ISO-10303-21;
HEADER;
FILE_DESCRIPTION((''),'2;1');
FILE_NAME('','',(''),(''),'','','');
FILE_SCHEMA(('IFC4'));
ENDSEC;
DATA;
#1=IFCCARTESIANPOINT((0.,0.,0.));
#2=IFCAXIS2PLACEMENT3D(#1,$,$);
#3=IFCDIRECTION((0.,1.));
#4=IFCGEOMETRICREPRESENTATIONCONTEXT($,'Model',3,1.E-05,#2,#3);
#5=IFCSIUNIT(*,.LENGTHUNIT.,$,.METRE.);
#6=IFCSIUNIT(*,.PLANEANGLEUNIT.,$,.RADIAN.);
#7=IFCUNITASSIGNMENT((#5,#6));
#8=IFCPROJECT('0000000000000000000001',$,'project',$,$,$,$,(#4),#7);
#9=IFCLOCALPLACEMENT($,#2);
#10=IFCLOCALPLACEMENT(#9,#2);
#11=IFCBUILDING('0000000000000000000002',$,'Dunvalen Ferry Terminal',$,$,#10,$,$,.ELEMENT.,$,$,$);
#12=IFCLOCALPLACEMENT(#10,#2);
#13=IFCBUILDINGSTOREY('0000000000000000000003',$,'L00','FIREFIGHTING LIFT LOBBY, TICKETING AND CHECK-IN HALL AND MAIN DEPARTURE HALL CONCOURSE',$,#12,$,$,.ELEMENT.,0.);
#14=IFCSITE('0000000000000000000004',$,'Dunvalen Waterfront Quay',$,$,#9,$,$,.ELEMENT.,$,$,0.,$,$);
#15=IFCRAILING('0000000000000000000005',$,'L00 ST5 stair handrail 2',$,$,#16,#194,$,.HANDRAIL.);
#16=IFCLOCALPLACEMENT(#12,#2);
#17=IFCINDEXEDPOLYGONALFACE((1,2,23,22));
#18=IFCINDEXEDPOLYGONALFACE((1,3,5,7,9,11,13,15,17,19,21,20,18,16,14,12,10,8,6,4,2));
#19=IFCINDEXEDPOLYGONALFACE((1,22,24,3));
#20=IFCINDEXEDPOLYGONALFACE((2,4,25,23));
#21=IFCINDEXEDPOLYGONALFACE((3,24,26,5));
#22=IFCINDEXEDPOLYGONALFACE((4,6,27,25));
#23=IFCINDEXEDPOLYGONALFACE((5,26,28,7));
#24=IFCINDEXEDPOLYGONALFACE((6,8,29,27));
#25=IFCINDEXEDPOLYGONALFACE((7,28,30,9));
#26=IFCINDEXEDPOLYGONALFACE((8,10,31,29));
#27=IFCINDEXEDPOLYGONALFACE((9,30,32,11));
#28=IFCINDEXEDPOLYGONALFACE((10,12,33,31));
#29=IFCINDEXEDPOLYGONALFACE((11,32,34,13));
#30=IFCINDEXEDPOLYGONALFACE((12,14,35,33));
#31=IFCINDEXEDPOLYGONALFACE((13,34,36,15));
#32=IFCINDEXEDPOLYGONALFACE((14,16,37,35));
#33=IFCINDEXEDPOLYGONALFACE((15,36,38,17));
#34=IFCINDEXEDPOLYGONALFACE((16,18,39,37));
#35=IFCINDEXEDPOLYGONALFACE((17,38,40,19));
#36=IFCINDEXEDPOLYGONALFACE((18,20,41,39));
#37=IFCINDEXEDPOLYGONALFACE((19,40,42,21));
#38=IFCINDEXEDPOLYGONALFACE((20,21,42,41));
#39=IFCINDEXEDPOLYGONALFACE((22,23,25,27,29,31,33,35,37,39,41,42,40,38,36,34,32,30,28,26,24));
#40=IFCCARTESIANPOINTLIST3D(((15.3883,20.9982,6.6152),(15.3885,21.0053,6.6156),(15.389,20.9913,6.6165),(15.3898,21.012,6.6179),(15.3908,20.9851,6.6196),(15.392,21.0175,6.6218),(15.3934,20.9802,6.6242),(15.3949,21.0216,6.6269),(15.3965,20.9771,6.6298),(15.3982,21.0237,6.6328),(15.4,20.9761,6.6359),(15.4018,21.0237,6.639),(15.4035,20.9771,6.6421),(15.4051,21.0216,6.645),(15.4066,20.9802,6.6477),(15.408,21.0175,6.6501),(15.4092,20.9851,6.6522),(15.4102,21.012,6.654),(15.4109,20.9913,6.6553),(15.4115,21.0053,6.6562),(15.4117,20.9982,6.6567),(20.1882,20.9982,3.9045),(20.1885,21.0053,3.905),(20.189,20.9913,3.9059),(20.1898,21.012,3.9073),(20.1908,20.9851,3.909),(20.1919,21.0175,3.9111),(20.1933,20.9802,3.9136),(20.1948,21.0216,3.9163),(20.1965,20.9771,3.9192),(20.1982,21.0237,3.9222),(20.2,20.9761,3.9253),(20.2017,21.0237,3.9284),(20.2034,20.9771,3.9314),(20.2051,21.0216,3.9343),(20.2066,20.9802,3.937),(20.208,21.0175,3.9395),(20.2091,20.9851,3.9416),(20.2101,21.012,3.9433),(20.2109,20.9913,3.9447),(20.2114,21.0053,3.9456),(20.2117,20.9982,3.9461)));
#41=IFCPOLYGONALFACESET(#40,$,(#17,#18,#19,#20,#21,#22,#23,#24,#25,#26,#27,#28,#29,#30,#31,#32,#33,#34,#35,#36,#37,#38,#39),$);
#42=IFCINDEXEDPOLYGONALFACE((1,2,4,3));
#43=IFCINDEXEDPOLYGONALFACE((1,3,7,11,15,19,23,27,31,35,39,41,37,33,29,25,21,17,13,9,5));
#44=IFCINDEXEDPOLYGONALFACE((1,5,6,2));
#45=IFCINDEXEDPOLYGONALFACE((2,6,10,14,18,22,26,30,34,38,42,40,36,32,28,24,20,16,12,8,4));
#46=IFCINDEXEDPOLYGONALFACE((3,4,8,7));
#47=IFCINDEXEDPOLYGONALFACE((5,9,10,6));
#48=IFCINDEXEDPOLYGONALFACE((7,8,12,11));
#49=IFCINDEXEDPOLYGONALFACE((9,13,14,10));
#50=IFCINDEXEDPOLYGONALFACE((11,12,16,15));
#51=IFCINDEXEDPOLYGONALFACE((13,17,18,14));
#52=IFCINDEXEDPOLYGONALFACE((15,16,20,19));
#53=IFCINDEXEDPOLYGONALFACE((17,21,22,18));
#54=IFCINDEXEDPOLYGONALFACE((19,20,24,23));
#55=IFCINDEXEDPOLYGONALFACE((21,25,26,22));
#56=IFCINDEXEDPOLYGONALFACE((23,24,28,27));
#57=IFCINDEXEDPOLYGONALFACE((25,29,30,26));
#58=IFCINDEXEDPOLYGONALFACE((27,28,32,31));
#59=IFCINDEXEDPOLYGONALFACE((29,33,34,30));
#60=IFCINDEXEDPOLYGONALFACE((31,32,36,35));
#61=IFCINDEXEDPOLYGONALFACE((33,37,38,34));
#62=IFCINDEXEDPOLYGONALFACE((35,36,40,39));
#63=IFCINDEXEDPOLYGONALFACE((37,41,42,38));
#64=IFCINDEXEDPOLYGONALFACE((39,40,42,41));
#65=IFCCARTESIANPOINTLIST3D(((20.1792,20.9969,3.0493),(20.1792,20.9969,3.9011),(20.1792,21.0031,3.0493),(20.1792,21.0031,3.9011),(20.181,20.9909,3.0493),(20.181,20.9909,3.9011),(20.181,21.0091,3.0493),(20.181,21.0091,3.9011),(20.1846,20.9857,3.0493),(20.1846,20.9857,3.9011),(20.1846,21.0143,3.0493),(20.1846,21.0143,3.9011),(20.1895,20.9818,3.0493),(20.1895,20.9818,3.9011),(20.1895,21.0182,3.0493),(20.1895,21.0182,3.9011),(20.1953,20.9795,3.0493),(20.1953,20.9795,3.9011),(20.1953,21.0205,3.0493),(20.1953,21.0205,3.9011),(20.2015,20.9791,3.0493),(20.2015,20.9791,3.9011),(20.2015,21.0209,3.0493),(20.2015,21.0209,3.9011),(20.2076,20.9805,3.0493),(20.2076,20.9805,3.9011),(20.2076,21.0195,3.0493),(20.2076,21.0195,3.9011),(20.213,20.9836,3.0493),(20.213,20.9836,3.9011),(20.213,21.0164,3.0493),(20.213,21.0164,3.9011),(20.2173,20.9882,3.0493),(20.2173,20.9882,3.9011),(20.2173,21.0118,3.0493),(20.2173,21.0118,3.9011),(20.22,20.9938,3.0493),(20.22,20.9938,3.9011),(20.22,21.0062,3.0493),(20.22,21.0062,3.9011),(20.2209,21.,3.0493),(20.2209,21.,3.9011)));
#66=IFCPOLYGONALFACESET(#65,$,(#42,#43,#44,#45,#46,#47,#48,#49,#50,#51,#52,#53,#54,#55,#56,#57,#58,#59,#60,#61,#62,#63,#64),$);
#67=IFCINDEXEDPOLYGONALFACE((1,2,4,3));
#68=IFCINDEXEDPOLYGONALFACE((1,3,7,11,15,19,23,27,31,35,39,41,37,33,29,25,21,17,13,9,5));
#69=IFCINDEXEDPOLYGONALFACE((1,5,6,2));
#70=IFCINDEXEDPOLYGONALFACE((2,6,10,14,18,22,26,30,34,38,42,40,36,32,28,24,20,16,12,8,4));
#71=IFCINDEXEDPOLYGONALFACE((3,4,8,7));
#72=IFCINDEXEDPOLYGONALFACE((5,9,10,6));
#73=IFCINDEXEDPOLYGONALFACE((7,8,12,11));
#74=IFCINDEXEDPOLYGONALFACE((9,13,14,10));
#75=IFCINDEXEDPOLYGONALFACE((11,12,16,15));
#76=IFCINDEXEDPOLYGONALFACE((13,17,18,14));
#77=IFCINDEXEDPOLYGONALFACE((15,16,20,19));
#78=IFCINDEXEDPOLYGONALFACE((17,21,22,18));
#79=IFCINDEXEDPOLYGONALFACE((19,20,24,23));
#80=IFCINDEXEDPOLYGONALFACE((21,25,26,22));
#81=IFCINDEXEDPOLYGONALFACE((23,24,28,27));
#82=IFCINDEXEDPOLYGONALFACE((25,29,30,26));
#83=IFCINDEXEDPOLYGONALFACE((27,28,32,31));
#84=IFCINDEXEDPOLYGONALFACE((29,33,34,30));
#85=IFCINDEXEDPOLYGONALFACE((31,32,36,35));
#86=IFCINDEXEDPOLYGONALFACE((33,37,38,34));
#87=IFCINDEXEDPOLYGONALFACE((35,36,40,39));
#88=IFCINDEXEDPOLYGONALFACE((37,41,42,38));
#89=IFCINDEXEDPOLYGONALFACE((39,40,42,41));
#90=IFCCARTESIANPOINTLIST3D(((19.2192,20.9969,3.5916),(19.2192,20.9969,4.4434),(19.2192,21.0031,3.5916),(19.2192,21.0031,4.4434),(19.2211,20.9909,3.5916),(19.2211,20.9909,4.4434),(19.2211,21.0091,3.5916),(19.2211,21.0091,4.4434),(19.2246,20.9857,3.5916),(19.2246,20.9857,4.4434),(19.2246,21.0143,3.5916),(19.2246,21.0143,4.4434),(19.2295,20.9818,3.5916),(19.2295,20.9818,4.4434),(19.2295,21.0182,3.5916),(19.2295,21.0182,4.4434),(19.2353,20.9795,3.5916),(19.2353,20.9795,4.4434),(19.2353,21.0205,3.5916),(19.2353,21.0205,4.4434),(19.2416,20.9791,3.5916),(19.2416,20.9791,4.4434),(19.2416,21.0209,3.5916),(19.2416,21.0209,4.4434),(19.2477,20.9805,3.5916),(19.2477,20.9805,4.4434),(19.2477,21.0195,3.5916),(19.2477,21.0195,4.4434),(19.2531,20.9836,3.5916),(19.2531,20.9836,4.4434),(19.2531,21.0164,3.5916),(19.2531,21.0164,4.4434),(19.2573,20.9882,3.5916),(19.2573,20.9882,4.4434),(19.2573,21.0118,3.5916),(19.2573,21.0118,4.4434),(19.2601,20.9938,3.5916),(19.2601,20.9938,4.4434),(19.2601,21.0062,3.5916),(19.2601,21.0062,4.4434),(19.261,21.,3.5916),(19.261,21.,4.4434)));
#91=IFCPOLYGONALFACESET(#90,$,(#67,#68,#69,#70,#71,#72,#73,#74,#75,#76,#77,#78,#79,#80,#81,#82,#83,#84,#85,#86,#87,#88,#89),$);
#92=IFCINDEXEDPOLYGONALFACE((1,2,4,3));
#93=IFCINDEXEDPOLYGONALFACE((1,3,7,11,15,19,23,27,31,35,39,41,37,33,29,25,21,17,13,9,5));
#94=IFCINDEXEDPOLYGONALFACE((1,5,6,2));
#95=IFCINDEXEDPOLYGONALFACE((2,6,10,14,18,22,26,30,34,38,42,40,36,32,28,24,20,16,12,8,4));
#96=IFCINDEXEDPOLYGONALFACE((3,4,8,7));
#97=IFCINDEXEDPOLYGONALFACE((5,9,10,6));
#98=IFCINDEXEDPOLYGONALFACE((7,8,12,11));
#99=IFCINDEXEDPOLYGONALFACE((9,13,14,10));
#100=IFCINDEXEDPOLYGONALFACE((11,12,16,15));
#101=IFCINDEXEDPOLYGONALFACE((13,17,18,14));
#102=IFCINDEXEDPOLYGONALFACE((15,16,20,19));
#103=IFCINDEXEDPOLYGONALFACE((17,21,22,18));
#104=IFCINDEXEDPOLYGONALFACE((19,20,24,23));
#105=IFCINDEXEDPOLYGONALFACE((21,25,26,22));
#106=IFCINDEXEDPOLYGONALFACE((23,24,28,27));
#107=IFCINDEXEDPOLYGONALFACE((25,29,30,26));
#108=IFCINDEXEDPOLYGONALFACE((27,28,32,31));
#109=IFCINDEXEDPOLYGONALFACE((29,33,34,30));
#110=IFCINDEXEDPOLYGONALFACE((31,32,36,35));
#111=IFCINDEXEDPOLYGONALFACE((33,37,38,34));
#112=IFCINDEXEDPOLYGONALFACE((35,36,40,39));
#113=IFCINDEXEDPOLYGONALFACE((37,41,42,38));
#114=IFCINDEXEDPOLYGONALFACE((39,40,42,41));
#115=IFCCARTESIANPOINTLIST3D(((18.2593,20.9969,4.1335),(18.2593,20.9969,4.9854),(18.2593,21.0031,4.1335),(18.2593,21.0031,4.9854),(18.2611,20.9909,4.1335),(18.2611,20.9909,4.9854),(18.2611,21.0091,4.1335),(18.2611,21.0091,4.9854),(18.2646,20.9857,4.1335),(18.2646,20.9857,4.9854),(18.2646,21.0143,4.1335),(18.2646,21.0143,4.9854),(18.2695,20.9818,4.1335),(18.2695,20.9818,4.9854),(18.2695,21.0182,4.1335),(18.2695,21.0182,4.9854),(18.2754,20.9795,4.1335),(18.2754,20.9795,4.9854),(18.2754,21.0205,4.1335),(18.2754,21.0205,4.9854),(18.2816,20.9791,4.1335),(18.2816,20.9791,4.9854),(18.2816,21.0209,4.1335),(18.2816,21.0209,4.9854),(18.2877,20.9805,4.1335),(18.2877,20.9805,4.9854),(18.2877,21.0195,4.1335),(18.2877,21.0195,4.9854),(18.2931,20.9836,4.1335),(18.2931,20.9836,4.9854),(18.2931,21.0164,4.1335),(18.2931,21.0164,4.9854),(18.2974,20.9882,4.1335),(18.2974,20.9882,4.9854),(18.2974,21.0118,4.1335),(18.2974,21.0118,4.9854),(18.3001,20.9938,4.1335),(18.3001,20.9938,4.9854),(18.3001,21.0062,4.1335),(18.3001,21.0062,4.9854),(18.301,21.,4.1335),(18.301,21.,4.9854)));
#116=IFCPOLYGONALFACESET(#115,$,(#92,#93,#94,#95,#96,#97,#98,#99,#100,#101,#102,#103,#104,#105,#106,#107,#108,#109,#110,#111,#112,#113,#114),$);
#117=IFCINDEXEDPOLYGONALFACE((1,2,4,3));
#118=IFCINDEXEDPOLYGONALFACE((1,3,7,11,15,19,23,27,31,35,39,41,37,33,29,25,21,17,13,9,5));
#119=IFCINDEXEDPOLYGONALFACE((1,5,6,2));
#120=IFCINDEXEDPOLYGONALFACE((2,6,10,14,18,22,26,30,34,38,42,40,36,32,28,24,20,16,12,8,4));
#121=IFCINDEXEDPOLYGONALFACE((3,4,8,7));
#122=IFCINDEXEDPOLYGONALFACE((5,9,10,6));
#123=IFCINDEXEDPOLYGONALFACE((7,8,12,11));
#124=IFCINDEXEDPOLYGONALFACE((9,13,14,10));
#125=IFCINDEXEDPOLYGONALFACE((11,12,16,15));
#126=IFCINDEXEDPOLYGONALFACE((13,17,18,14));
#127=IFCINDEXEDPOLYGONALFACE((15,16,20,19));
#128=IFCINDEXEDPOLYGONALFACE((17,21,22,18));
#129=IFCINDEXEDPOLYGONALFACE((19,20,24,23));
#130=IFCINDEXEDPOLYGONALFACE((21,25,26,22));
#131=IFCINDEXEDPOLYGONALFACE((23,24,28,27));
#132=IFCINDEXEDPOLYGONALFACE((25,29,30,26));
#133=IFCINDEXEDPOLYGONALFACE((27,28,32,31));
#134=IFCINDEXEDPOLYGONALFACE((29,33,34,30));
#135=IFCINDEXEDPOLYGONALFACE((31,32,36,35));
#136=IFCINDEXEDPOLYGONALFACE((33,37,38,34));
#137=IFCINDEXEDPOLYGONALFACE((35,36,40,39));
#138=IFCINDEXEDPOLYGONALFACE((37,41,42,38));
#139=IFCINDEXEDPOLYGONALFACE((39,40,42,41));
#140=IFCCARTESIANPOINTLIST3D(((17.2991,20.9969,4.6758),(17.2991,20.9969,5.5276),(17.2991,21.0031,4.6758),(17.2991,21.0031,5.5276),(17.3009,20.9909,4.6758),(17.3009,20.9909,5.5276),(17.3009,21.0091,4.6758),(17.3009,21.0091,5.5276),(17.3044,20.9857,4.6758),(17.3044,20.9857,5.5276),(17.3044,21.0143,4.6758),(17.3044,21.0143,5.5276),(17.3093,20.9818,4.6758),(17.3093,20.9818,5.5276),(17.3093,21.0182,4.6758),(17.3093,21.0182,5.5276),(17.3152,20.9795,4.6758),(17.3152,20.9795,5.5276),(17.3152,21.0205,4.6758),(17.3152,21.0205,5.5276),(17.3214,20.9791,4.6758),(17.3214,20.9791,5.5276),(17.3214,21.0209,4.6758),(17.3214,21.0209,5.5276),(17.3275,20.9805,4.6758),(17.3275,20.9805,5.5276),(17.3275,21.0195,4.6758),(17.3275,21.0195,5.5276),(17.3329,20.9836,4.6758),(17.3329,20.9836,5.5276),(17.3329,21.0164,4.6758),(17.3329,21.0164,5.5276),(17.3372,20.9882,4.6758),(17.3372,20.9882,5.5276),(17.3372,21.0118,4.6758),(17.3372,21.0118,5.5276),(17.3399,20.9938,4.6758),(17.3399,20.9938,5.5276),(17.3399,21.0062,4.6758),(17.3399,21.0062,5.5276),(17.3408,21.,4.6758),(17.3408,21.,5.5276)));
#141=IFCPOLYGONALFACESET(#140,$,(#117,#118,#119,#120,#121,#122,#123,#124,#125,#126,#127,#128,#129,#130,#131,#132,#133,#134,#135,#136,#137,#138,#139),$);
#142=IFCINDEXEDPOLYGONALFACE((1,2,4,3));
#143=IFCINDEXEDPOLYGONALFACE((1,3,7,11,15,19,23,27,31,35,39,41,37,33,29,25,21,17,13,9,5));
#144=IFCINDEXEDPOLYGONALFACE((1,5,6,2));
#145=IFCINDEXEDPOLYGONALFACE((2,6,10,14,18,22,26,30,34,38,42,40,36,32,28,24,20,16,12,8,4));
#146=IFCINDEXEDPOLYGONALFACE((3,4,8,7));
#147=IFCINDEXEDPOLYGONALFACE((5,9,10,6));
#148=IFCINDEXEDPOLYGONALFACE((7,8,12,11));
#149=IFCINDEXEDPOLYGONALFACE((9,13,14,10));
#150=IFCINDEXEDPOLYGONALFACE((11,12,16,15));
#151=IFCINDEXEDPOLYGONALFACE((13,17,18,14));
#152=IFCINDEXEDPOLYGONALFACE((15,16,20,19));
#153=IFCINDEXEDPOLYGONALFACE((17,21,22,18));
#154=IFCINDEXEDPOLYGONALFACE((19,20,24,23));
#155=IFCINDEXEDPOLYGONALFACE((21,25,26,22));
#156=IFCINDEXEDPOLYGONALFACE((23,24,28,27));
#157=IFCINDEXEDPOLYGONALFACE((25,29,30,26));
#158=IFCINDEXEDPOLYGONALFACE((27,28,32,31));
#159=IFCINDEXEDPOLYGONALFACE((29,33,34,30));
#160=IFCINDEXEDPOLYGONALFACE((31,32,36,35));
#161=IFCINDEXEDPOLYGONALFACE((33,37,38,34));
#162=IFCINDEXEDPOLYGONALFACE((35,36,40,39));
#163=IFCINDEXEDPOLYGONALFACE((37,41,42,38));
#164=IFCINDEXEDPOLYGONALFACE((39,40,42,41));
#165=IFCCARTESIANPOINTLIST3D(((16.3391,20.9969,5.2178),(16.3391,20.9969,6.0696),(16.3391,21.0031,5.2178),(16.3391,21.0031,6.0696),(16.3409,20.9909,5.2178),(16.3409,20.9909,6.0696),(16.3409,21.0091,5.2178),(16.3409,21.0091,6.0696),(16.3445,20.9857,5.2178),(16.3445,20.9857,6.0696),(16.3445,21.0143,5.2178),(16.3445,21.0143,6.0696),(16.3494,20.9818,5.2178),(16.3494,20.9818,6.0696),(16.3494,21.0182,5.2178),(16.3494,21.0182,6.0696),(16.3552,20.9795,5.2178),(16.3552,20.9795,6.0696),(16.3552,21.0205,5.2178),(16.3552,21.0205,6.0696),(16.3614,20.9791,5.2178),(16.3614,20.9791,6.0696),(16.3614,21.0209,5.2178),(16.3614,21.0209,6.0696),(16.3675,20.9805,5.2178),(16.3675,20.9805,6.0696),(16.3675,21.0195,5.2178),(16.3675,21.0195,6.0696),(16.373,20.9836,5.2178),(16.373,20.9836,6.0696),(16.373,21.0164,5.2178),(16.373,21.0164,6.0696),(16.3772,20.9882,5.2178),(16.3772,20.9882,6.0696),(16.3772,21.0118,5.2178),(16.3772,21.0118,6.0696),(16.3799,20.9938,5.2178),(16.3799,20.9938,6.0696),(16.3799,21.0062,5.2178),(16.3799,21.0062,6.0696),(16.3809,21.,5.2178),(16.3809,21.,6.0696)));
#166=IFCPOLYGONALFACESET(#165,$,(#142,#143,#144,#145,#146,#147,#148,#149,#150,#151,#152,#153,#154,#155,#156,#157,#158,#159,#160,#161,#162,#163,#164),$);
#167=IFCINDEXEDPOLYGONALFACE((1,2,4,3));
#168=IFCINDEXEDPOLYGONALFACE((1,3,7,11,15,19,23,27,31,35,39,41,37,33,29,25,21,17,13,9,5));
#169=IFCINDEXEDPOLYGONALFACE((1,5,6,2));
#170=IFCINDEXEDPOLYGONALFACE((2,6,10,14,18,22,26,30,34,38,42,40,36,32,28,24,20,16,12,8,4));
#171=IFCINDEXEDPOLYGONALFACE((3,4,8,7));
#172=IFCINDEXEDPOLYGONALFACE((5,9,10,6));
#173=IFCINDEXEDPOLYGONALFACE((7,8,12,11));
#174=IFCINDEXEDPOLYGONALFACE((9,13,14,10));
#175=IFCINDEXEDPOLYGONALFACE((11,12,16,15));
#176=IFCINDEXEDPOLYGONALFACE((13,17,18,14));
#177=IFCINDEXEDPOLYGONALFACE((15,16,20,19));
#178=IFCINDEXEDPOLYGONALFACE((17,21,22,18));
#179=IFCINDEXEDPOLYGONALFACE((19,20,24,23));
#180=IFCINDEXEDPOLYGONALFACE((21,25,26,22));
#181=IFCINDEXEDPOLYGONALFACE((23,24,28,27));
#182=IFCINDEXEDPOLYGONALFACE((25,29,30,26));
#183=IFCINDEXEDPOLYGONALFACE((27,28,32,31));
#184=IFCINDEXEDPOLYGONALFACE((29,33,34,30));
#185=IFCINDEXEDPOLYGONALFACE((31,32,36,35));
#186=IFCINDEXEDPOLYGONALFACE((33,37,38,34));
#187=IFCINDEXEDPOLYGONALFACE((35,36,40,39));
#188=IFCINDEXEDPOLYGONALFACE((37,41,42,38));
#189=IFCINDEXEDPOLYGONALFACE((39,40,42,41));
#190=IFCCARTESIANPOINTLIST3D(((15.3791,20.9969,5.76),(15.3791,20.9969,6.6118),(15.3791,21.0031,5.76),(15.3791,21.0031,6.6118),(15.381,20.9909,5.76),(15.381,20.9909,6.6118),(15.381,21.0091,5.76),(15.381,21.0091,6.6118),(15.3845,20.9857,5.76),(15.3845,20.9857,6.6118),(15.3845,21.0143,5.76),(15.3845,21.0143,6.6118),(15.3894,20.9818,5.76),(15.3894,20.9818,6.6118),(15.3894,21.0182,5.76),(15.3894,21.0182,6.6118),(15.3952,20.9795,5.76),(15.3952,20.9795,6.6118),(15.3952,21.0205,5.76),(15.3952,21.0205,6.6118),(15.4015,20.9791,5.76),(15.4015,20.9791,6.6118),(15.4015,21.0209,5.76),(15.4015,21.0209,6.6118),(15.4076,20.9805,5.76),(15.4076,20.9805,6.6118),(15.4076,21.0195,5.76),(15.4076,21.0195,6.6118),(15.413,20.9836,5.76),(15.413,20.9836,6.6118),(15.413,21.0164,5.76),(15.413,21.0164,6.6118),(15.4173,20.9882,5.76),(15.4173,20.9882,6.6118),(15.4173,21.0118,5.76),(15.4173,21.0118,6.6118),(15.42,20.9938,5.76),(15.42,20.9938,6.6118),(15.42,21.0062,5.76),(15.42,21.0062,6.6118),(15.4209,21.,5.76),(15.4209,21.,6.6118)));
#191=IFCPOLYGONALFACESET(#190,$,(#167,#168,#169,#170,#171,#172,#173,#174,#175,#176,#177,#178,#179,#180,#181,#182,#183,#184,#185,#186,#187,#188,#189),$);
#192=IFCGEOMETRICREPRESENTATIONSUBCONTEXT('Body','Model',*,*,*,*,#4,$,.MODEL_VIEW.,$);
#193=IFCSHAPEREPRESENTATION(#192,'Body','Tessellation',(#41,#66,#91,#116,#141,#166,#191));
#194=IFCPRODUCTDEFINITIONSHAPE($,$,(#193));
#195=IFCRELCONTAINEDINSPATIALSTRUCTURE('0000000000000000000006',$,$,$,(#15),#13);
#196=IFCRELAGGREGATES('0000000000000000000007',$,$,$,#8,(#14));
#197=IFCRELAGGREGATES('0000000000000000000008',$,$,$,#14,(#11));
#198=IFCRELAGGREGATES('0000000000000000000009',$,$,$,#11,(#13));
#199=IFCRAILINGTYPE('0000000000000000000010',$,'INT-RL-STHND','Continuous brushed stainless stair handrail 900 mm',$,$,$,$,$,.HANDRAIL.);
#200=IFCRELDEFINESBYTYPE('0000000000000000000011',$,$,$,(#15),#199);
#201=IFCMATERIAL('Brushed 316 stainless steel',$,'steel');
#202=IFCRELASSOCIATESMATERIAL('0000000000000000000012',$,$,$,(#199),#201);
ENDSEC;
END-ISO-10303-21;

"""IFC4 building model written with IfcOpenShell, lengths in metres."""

from ifc_helpers import new_model, si_unit, direction, frame, origin, origin_2d, place, context, subcontext, project, spatial, circle, extrude, material, type_object, element, save


model = new_model("IFC4")

# Units and contexts
model_context = context("Model", 3, precision=1e-05, world=origin(), true_north=direction((0.0, 1.0)))
body_context = subcontext(model_context, "Body", "Model", "MODEL_VIEW")
ifc_project = project(units=[si_unit("LENGTHUNIT", "METRE"), si_unit("PLANEANGLEUNIT", "RADIAN")], contexts=[model_context])

# Site, building, storey
site_placement = place(None, origin())
site = spatial("IfcSite", under=ifc_project, at=site_placement, Name="Dunvalen Waterfront Quay", CompositionType="ELEMENT", RefElevation=0.0)
building_placement = place(site_placement, origin())
building = spatial("IfcBuilding", under=site, at=building_placement, Name="Dunvalen Ferry Terminal", CompositionType="ELEMENT")
storey_placement = place(building_placement, origin())
storey = spatial("IfcBuildingStorey", under=building, at=storey_placement, Name="L00", Description="FIREFIGHTING LIFT LOBBY, TICKETING AND CHECK-IN HALL AND MAIN DEPARTURE HALL CONCOURSE", CompositionType="ELEMENT", Elevation=0.0)

# Railing
ifc_material_1 = material(Name="Brushed 316 stainless steel", Category="steel")
railing_type_1 = type_object("IfcRailingType", Name="INT-RL-STHND", Description="Continuous brushed stainless stair handrail 900 mm", PredefinedType="HANDRAIL", material=ifc_material_1)
railing_1_placement = place(storey_placement, frame((20.2, 21.0, 3.0493)))
element("IfcRailing", 1, at=railing_1_placement, inside=storey, type_object=railing_type_1, Name="L00 ST5 stair handrail 2", PredefinedType="HANDRAIL", context=body_context, shape_type="SweptSolid", body=[
    extrude(circle(Radius=0.0239, at=origin_2d()), frame((0.0, 0.0, 0.876), z_axis=(-0.870748, 0.0, 0.49173), x_axis=(0.0, -1.0, 0.0)), (0.0, 0.0, 1.0), 5.5125),
    extrude(circle(Radius=0.021, at=origin_2d()), origin(), (0.0, 0.0, 1.0), 0.8518),
    extrude(circle(Radius=0.021, at=origin_2d()), frame((-0.96, 0.0, 0.5422)), (0.0, 0.0, 1.0), 0.8518),
    extrude(circle(Radius=0.021, at=origin_2d()), frame((-1.9199, 0.0, 1.0842)), (0.0, 0.0, 1.0), 0.8518),
    extrude(circle(Radius=0.021, at=origin_2d()), frame((-2.8801, 0.0, 1.6265)), (0.0, 0.0, 1.0), 0.8518),
    extrude(circle(Radius=0.021, at=origin_2d()), frame((-3.8401, 0.0, 2.1685)), (0.0, 0.0, 1.0), 0.8518),
    extrude(circle(Radius=0.021, at=origin_2d()), frame((-4.8, 0.0, 2.7107)), (0.0, 0.0, 1.0), 0.8518),
])

save(model, "model.ifc")
